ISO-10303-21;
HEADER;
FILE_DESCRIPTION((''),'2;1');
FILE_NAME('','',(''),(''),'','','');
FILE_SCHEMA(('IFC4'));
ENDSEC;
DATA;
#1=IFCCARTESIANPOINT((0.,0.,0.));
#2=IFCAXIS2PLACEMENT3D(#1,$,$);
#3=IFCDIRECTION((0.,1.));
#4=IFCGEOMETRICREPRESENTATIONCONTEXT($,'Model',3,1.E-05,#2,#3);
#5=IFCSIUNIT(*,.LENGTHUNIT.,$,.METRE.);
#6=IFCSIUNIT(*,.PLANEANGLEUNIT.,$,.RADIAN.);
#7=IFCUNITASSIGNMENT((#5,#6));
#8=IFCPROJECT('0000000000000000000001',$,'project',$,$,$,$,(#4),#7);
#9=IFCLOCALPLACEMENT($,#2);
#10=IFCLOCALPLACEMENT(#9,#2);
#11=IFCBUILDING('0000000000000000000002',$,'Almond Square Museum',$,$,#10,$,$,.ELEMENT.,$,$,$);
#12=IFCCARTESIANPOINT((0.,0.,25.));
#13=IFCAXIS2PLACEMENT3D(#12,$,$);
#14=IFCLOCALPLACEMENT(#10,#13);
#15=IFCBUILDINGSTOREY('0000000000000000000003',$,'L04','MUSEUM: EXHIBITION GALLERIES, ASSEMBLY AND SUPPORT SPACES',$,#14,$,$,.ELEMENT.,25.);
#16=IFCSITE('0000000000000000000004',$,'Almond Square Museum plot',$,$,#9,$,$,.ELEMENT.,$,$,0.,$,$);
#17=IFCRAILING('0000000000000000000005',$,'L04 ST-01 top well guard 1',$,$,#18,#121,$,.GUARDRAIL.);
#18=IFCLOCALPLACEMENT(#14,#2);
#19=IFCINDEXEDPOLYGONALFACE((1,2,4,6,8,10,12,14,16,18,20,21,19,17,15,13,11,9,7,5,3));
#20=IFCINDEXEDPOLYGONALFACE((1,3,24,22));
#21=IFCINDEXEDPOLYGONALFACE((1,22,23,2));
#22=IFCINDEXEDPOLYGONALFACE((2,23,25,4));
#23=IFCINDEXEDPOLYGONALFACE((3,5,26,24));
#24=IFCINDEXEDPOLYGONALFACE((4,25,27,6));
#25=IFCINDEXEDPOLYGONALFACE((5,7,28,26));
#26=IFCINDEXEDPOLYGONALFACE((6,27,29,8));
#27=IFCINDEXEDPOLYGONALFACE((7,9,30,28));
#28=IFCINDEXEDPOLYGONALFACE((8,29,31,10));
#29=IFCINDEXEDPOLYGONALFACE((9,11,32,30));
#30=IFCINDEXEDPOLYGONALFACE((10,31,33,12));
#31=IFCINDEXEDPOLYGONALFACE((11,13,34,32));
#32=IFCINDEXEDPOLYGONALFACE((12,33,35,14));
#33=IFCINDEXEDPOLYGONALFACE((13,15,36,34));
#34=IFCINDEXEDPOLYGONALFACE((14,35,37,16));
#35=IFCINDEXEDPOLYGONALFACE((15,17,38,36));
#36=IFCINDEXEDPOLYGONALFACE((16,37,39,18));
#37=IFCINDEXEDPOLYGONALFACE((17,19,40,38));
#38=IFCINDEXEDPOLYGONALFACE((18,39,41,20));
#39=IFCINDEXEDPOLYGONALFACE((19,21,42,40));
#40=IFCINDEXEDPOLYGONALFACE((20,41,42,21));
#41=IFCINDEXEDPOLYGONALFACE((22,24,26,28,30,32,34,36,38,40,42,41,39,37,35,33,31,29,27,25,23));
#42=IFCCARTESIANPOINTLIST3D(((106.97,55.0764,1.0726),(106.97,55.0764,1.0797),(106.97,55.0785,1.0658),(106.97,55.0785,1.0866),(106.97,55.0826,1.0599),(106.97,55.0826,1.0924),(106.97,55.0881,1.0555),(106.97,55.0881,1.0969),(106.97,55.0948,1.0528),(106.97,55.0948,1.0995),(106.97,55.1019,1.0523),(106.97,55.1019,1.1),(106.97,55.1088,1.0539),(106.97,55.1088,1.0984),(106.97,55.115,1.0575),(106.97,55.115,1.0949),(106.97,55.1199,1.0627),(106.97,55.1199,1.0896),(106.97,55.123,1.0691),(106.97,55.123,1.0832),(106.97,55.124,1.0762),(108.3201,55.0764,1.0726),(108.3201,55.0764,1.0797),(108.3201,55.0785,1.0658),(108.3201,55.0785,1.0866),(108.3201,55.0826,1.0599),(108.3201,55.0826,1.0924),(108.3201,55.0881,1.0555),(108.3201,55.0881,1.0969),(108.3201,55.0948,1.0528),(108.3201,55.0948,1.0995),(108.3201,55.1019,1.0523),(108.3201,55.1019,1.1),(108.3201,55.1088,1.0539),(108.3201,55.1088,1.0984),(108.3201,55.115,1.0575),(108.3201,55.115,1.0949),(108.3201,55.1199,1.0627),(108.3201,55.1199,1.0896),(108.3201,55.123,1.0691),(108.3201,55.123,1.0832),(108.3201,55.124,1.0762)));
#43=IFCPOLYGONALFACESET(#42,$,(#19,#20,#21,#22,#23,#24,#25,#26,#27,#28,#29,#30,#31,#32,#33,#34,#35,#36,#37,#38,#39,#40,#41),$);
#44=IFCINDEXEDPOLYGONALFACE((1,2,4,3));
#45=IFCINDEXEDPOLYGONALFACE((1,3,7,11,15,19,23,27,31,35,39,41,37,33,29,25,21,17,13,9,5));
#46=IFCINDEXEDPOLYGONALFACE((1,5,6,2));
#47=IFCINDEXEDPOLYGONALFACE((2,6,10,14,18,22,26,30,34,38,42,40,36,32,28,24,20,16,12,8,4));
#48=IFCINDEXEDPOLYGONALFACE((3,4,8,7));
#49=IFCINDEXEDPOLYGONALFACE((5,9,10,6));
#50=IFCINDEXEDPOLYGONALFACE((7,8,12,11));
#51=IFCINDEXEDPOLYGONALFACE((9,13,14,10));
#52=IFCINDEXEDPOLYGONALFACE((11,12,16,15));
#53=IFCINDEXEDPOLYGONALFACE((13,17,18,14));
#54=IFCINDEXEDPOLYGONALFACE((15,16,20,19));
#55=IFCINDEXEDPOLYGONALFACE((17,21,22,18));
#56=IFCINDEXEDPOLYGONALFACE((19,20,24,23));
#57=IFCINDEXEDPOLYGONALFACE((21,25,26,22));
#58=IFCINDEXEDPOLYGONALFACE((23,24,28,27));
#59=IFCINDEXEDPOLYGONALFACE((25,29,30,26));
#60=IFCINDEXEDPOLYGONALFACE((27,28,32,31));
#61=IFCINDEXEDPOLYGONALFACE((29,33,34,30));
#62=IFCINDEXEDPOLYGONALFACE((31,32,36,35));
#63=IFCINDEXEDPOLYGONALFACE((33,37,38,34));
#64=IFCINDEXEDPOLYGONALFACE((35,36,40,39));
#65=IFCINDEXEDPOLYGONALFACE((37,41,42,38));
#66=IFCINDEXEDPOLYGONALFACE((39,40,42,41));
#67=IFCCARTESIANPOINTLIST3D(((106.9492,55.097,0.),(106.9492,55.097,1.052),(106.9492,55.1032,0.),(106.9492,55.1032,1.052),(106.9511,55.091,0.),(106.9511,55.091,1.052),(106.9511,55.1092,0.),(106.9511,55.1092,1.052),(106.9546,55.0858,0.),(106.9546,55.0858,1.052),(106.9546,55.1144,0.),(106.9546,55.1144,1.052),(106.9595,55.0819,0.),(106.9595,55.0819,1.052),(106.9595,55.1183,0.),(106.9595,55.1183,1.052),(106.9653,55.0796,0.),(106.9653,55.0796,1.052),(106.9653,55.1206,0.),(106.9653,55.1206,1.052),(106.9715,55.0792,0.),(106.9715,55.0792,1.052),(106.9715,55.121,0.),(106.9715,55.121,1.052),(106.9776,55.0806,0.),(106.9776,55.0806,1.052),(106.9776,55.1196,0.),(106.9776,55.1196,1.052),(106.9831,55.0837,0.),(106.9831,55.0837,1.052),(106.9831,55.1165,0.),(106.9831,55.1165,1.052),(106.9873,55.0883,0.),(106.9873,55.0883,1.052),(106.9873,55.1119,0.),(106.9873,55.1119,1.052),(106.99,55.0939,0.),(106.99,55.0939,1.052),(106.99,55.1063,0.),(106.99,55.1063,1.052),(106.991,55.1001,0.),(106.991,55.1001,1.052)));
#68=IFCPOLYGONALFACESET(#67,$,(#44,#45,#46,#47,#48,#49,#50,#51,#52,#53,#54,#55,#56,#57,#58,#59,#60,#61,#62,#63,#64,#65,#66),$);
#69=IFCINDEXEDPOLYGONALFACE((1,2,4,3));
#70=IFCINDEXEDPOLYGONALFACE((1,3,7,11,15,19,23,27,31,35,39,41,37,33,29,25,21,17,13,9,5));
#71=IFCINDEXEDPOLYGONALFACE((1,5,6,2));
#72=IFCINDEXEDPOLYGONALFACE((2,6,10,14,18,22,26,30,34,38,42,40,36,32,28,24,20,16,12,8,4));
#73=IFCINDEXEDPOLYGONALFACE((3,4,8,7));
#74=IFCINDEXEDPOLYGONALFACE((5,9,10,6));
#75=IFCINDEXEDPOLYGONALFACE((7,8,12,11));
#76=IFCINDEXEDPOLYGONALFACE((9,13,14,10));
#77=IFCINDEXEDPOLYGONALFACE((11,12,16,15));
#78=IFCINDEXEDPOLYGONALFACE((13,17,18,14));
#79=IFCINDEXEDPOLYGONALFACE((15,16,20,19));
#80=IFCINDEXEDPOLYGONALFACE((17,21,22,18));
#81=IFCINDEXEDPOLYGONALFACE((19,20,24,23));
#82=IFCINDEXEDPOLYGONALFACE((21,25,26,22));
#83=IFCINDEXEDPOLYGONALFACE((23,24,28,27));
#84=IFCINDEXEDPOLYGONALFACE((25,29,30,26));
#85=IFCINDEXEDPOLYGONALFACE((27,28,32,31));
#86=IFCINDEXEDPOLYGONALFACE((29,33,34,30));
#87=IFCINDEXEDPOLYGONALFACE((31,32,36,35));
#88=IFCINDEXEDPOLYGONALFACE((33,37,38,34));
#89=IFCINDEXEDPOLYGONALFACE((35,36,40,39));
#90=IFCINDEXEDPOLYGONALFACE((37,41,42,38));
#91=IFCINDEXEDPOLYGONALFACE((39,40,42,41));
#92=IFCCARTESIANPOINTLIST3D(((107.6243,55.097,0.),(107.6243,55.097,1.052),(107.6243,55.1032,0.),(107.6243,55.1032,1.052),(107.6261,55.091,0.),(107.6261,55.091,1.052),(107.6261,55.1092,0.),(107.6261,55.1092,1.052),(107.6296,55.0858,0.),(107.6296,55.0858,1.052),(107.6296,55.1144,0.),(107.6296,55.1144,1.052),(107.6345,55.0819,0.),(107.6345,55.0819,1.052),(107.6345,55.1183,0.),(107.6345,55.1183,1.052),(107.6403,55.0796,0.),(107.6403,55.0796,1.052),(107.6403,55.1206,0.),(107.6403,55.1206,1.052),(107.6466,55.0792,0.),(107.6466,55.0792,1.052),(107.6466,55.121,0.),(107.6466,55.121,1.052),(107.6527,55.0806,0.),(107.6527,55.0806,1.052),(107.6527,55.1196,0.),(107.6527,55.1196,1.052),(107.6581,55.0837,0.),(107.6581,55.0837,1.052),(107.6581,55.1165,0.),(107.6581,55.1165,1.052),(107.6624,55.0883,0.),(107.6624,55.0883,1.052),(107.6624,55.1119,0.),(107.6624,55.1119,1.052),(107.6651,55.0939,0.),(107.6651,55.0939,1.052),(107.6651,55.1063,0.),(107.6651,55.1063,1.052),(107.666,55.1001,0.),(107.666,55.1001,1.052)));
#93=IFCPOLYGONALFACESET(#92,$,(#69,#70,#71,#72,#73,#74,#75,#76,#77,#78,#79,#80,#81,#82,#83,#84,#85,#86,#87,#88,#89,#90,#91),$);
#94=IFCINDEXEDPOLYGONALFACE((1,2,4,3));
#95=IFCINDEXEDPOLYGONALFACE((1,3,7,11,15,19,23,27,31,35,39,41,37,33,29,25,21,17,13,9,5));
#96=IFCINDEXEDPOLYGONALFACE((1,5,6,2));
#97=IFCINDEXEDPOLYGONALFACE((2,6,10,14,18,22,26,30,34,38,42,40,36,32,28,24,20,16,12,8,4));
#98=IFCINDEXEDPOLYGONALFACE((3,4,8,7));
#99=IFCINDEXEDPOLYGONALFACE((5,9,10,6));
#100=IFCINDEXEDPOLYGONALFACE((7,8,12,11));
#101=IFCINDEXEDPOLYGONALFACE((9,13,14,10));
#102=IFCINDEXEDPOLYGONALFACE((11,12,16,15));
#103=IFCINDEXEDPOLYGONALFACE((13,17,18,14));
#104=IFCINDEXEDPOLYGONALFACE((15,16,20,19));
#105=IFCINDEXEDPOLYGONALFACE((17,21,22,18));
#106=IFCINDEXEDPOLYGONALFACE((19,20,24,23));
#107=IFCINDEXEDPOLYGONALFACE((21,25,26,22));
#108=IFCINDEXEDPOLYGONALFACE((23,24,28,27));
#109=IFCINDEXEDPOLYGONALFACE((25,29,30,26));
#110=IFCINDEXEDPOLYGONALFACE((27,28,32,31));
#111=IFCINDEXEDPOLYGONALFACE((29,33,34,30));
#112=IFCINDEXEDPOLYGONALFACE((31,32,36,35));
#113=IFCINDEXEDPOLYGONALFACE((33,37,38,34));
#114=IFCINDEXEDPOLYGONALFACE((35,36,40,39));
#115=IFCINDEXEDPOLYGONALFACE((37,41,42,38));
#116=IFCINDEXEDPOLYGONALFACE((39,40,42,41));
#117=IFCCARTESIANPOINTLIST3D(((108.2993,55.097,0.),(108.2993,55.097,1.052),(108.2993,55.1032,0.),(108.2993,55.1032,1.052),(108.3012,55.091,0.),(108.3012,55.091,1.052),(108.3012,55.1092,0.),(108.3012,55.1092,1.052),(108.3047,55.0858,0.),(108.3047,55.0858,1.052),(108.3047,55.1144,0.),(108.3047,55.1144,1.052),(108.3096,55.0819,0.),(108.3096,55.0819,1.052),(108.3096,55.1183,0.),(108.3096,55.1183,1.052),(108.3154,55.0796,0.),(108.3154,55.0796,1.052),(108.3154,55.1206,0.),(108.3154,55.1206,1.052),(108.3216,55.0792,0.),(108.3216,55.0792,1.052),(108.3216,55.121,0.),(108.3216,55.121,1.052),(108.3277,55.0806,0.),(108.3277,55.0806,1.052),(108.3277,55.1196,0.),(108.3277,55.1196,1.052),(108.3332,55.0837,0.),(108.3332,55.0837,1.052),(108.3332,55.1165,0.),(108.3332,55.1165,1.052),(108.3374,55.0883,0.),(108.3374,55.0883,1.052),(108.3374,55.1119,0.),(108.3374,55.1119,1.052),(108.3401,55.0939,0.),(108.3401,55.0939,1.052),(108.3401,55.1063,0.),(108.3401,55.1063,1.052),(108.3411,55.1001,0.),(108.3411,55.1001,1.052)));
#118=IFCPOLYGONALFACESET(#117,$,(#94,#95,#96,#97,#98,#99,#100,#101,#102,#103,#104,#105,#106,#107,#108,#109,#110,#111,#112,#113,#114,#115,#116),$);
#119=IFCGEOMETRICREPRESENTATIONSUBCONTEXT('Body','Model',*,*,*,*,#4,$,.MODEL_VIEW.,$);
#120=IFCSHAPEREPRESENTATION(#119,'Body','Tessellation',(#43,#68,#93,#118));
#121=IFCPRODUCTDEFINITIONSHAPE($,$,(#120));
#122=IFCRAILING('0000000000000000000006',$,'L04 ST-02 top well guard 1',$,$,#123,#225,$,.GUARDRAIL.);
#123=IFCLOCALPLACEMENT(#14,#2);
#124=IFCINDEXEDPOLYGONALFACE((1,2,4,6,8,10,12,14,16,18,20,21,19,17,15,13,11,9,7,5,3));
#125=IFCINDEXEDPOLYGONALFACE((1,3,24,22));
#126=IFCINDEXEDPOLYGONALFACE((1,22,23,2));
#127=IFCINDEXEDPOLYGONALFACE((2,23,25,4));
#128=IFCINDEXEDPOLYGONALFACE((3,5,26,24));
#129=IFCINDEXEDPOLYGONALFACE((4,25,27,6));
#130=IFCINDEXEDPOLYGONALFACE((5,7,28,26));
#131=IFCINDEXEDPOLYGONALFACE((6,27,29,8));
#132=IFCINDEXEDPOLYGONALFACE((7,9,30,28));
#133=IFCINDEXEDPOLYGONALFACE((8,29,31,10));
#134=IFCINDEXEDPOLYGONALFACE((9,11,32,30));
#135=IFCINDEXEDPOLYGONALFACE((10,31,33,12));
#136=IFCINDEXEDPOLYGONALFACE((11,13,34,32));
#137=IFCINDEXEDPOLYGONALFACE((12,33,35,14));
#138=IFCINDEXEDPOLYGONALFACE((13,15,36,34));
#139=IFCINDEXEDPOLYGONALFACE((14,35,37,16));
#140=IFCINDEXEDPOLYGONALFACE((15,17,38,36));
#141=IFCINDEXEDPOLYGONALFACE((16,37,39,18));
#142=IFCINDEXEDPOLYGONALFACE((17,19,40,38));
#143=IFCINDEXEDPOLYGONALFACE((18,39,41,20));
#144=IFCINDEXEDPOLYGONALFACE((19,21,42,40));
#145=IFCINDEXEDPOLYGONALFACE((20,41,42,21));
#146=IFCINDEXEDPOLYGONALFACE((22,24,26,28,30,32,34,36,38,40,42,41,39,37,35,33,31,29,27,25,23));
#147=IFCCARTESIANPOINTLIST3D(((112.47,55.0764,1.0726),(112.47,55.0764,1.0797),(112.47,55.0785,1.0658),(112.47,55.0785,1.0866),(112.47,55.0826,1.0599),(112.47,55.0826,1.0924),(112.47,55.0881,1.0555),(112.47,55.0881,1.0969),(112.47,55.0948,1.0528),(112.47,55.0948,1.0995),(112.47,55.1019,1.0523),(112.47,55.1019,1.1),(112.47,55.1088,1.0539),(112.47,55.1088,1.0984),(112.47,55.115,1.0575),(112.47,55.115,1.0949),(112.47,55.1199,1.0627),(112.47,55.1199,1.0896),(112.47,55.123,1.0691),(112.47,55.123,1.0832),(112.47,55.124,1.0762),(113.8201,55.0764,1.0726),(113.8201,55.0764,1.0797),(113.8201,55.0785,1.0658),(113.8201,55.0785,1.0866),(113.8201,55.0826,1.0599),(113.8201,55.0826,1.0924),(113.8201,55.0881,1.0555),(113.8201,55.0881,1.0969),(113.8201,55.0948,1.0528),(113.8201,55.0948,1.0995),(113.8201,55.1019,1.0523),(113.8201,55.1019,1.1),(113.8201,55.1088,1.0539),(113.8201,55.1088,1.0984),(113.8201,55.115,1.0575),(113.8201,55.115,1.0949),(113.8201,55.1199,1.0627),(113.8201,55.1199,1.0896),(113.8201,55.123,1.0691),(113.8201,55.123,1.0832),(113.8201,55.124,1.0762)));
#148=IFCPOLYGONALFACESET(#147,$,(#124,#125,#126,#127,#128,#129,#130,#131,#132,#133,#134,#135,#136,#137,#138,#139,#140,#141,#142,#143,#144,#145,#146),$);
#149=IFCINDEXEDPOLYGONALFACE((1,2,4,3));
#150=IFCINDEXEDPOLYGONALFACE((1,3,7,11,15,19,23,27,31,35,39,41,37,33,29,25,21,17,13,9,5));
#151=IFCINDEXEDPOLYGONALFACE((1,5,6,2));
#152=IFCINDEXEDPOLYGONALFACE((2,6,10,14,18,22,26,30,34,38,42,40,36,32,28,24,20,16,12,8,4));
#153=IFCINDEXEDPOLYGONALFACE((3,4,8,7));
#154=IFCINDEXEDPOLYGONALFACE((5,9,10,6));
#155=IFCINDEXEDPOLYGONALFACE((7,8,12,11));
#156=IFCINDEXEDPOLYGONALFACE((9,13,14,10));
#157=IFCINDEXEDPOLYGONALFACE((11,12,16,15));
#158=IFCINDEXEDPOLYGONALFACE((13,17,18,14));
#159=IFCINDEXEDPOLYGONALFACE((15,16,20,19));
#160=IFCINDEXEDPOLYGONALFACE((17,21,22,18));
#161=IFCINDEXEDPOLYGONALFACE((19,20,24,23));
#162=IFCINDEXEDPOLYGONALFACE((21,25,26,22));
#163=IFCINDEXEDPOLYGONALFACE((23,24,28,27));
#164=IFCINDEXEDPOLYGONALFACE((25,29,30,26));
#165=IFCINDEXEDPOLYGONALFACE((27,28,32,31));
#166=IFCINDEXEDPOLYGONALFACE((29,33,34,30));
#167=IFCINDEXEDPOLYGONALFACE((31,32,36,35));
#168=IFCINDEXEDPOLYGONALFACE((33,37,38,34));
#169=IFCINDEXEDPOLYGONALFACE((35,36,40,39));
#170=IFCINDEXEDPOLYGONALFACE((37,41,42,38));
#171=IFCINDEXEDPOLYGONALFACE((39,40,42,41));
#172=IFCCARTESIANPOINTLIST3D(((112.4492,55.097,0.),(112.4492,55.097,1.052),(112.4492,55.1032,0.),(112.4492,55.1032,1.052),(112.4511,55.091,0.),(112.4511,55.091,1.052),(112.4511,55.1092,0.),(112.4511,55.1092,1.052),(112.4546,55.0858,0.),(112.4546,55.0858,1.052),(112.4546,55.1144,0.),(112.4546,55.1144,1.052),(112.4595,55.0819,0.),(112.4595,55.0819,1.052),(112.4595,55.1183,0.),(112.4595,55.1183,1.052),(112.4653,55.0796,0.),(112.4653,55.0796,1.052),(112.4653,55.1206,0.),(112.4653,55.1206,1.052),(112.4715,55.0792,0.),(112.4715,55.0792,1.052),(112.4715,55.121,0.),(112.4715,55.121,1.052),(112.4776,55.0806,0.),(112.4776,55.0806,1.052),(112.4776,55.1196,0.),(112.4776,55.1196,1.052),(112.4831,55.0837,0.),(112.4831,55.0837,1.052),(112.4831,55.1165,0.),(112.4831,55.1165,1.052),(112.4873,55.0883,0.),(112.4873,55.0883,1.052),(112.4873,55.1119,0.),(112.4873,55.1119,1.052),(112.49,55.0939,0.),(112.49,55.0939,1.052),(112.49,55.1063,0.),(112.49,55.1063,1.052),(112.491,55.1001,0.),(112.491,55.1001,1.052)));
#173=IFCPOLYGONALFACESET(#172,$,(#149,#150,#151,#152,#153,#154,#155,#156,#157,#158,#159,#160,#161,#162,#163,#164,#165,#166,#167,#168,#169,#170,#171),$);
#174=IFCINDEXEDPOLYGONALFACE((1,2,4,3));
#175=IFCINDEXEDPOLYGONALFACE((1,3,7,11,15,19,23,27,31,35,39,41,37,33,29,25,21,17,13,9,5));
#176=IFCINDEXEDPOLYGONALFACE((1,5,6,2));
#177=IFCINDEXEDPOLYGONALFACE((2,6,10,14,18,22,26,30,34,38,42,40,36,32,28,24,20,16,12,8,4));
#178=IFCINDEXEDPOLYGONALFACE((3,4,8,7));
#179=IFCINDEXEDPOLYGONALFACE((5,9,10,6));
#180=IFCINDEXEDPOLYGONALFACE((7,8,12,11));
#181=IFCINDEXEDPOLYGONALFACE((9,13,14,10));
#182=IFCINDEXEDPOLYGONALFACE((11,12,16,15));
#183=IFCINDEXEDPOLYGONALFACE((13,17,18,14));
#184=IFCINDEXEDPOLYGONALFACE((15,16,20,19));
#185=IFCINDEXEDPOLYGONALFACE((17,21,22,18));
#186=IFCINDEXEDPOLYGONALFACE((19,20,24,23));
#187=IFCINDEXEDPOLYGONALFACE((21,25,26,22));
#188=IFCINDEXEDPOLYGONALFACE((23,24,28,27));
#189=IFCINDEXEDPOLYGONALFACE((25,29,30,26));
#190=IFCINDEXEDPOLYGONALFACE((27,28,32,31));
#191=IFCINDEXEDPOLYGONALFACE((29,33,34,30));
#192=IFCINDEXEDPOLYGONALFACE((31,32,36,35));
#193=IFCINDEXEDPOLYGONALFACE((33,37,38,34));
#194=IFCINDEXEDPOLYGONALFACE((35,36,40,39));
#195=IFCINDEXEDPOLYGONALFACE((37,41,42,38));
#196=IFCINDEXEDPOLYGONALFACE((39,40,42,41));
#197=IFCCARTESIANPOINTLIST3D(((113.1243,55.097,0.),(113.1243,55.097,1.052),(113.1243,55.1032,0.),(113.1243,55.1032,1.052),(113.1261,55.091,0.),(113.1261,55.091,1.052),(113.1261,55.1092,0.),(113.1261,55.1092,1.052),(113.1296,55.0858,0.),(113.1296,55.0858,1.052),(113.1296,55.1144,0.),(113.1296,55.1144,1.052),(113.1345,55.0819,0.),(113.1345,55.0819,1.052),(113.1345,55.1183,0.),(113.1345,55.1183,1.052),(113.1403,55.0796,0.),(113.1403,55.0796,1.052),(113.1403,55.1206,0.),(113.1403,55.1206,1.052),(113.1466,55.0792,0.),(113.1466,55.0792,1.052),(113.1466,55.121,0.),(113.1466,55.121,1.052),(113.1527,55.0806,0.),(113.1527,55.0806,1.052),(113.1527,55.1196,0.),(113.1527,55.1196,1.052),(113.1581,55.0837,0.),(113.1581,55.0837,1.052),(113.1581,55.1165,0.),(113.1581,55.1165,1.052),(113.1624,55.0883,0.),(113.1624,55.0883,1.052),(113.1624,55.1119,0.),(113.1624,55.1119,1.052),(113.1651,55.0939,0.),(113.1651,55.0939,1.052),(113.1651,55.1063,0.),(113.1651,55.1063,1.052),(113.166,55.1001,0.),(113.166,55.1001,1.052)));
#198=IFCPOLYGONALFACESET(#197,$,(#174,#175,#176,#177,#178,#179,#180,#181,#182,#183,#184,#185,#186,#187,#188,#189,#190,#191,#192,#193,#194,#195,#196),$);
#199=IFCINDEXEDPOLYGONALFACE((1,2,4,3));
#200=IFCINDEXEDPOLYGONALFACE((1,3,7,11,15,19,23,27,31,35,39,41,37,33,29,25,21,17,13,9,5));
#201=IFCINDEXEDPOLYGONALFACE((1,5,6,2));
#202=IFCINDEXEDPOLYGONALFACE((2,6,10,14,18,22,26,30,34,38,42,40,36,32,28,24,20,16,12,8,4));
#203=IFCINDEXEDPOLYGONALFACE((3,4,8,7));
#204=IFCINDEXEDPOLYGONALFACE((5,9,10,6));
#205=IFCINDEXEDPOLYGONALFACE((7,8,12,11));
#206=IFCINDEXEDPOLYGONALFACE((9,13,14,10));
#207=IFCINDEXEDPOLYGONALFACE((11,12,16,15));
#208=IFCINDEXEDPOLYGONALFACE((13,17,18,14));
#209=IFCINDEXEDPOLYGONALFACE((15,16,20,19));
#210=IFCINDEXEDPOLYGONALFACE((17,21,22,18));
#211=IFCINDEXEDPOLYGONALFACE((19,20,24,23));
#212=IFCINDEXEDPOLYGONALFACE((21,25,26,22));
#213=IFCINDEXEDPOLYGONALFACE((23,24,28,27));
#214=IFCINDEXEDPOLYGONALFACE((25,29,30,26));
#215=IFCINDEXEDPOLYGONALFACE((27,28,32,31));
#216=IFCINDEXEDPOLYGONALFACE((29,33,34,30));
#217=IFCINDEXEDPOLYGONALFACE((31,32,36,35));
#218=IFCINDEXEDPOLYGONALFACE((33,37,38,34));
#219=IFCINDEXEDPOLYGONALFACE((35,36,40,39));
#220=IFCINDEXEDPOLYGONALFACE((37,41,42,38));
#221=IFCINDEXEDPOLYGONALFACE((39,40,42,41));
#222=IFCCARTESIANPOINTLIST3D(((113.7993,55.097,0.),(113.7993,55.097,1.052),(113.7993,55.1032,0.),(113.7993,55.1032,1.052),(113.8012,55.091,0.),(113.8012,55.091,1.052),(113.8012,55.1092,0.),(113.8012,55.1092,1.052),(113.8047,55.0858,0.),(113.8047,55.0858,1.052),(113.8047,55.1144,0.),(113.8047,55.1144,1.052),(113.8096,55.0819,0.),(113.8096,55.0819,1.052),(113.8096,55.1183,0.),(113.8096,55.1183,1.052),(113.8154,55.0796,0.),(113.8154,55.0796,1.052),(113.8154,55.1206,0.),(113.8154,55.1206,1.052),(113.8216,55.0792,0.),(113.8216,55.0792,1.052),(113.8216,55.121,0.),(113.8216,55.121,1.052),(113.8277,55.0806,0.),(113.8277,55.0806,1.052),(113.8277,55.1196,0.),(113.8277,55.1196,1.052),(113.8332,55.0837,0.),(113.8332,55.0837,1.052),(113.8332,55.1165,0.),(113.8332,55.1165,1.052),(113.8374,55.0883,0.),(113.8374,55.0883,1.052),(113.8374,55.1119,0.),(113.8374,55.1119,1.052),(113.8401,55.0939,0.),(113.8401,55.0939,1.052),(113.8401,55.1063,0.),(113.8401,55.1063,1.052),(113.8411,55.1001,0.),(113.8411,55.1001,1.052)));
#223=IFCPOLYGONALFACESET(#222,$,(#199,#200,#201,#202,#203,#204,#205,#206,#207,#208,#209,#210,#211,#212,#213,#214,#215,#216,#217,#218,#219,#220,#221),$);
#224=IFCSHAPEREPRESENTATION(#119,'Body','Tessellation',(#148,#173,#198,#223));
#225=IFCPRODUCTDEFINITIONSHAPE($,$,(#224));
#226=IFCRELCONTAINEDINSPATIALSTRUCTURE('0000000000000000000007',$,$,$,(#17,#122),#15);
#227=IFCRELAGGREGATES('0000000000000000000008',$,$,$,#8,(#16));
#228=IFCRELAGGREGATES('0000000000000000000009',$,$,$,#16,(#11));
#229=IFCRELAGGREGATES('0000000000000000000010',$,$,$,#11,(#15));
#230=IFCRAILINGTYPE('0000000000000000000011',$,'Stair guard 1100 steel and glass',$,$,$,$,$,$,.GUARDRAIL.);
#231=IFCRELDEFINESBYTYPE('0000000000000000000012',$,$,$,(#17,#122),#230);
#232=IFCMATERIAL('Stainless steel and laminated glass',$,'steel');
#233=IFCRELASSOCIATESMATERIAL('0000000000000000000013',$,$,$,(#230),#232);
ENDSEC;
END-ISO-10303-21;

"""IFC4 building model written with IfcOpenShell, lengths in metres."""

from ifc_helpers import new_model, si_unit, direction, frame, origin, origin_2d, place, context, subcontext, project, spatial, circle, extrude, material, type_object, element, save


model = new_model("IFC4")

# Units and contexts
model_context = context("Model", 3, precision=1e-05, world=origin(), true_north=direction((0.0, 1.0)))
body_context = subcontext(model_context, "Body", "Model", "MODEL_VIEW")
ifc_project = project(units=[si_unit("LENGTHUNIT", "METRE"), si_unit("PLANEANGLEUNIT", "RADIAN")], contexts=[model_context])

# Site, building, storey
site_placement = place(None, origin())
site = spatial("IfcSite", under=ifc_project, at=site_placement, Name="Almond Square Museum plot", CompositionType="ELEMENT", RefElevation=0.0)
building_placement = place(site_placement, origin())
building = spatial("IfcBuilding", under=site, at=building_placement, Name="Almond Square Museum", CompositionType="ELEMENT")
storey_placement = place(building_placement, frame((0.0, 0.0, 25.0)))
storey = spatial("IfcBuildingStorey", under=building, at=storey_placement, Name="L04", Description="MUSEUM: EXHIBITION GALLERIES, ASSEMBLY AND SUPPORT SPACES", CompositionType="ELEMENT", Elevation=25.0)

# Railings
ifc_material_1 = material(Name="Stainless steel and laminated glass", Category="steel")
railing_type = type_object("IfcRailingType", Name="Stair guard 1100 steel and glass", PredefinedType="GUARDRAIL", material=ifc_material_1)
for number, where, name in (
    (1, (106.97, 55.1001, 0.0), "L04 ST-01 top well guard 1"),
    (2, (112.47, 55.1001, 0.0), "L04 ST-02 top well guard 1"),
):
    element("IfcRailing", number, at=place(storey_placement, frame(where)), inside=storey, type_object=railing_type, Name=name, PredefinedType="GUARDRAIL", context=body_context, shape_type="SweptSolid", body=[
        extrude(circle(Radius=0.0239, at=origin_2d()), frame((0.0, 0.0, 1.0762), z_axis=(1.0, 0.0, 0.0), x_axis=(0.0, 1.0, 0.0)), (0.0, 0.0, 1.0), 1.3501),
        extrude(circle(Radius=0.021, at=origin_2d()), origin(), (0.0, 0.0, 1.0), 1.052),
        extrude(circle(Radius=0.021, at=origin_2d()), frame((0.675, 0.0, 0.0)), (0.0, 0.0, 1.0), 1.052),
        extrude(circle(Radius=0.021, at=origin_2d()), frame((1.3501, 0.0, 0.0)), (0.0, 0.0, 1.0), 1.052),
    ])

save(model, "model.ifc")
